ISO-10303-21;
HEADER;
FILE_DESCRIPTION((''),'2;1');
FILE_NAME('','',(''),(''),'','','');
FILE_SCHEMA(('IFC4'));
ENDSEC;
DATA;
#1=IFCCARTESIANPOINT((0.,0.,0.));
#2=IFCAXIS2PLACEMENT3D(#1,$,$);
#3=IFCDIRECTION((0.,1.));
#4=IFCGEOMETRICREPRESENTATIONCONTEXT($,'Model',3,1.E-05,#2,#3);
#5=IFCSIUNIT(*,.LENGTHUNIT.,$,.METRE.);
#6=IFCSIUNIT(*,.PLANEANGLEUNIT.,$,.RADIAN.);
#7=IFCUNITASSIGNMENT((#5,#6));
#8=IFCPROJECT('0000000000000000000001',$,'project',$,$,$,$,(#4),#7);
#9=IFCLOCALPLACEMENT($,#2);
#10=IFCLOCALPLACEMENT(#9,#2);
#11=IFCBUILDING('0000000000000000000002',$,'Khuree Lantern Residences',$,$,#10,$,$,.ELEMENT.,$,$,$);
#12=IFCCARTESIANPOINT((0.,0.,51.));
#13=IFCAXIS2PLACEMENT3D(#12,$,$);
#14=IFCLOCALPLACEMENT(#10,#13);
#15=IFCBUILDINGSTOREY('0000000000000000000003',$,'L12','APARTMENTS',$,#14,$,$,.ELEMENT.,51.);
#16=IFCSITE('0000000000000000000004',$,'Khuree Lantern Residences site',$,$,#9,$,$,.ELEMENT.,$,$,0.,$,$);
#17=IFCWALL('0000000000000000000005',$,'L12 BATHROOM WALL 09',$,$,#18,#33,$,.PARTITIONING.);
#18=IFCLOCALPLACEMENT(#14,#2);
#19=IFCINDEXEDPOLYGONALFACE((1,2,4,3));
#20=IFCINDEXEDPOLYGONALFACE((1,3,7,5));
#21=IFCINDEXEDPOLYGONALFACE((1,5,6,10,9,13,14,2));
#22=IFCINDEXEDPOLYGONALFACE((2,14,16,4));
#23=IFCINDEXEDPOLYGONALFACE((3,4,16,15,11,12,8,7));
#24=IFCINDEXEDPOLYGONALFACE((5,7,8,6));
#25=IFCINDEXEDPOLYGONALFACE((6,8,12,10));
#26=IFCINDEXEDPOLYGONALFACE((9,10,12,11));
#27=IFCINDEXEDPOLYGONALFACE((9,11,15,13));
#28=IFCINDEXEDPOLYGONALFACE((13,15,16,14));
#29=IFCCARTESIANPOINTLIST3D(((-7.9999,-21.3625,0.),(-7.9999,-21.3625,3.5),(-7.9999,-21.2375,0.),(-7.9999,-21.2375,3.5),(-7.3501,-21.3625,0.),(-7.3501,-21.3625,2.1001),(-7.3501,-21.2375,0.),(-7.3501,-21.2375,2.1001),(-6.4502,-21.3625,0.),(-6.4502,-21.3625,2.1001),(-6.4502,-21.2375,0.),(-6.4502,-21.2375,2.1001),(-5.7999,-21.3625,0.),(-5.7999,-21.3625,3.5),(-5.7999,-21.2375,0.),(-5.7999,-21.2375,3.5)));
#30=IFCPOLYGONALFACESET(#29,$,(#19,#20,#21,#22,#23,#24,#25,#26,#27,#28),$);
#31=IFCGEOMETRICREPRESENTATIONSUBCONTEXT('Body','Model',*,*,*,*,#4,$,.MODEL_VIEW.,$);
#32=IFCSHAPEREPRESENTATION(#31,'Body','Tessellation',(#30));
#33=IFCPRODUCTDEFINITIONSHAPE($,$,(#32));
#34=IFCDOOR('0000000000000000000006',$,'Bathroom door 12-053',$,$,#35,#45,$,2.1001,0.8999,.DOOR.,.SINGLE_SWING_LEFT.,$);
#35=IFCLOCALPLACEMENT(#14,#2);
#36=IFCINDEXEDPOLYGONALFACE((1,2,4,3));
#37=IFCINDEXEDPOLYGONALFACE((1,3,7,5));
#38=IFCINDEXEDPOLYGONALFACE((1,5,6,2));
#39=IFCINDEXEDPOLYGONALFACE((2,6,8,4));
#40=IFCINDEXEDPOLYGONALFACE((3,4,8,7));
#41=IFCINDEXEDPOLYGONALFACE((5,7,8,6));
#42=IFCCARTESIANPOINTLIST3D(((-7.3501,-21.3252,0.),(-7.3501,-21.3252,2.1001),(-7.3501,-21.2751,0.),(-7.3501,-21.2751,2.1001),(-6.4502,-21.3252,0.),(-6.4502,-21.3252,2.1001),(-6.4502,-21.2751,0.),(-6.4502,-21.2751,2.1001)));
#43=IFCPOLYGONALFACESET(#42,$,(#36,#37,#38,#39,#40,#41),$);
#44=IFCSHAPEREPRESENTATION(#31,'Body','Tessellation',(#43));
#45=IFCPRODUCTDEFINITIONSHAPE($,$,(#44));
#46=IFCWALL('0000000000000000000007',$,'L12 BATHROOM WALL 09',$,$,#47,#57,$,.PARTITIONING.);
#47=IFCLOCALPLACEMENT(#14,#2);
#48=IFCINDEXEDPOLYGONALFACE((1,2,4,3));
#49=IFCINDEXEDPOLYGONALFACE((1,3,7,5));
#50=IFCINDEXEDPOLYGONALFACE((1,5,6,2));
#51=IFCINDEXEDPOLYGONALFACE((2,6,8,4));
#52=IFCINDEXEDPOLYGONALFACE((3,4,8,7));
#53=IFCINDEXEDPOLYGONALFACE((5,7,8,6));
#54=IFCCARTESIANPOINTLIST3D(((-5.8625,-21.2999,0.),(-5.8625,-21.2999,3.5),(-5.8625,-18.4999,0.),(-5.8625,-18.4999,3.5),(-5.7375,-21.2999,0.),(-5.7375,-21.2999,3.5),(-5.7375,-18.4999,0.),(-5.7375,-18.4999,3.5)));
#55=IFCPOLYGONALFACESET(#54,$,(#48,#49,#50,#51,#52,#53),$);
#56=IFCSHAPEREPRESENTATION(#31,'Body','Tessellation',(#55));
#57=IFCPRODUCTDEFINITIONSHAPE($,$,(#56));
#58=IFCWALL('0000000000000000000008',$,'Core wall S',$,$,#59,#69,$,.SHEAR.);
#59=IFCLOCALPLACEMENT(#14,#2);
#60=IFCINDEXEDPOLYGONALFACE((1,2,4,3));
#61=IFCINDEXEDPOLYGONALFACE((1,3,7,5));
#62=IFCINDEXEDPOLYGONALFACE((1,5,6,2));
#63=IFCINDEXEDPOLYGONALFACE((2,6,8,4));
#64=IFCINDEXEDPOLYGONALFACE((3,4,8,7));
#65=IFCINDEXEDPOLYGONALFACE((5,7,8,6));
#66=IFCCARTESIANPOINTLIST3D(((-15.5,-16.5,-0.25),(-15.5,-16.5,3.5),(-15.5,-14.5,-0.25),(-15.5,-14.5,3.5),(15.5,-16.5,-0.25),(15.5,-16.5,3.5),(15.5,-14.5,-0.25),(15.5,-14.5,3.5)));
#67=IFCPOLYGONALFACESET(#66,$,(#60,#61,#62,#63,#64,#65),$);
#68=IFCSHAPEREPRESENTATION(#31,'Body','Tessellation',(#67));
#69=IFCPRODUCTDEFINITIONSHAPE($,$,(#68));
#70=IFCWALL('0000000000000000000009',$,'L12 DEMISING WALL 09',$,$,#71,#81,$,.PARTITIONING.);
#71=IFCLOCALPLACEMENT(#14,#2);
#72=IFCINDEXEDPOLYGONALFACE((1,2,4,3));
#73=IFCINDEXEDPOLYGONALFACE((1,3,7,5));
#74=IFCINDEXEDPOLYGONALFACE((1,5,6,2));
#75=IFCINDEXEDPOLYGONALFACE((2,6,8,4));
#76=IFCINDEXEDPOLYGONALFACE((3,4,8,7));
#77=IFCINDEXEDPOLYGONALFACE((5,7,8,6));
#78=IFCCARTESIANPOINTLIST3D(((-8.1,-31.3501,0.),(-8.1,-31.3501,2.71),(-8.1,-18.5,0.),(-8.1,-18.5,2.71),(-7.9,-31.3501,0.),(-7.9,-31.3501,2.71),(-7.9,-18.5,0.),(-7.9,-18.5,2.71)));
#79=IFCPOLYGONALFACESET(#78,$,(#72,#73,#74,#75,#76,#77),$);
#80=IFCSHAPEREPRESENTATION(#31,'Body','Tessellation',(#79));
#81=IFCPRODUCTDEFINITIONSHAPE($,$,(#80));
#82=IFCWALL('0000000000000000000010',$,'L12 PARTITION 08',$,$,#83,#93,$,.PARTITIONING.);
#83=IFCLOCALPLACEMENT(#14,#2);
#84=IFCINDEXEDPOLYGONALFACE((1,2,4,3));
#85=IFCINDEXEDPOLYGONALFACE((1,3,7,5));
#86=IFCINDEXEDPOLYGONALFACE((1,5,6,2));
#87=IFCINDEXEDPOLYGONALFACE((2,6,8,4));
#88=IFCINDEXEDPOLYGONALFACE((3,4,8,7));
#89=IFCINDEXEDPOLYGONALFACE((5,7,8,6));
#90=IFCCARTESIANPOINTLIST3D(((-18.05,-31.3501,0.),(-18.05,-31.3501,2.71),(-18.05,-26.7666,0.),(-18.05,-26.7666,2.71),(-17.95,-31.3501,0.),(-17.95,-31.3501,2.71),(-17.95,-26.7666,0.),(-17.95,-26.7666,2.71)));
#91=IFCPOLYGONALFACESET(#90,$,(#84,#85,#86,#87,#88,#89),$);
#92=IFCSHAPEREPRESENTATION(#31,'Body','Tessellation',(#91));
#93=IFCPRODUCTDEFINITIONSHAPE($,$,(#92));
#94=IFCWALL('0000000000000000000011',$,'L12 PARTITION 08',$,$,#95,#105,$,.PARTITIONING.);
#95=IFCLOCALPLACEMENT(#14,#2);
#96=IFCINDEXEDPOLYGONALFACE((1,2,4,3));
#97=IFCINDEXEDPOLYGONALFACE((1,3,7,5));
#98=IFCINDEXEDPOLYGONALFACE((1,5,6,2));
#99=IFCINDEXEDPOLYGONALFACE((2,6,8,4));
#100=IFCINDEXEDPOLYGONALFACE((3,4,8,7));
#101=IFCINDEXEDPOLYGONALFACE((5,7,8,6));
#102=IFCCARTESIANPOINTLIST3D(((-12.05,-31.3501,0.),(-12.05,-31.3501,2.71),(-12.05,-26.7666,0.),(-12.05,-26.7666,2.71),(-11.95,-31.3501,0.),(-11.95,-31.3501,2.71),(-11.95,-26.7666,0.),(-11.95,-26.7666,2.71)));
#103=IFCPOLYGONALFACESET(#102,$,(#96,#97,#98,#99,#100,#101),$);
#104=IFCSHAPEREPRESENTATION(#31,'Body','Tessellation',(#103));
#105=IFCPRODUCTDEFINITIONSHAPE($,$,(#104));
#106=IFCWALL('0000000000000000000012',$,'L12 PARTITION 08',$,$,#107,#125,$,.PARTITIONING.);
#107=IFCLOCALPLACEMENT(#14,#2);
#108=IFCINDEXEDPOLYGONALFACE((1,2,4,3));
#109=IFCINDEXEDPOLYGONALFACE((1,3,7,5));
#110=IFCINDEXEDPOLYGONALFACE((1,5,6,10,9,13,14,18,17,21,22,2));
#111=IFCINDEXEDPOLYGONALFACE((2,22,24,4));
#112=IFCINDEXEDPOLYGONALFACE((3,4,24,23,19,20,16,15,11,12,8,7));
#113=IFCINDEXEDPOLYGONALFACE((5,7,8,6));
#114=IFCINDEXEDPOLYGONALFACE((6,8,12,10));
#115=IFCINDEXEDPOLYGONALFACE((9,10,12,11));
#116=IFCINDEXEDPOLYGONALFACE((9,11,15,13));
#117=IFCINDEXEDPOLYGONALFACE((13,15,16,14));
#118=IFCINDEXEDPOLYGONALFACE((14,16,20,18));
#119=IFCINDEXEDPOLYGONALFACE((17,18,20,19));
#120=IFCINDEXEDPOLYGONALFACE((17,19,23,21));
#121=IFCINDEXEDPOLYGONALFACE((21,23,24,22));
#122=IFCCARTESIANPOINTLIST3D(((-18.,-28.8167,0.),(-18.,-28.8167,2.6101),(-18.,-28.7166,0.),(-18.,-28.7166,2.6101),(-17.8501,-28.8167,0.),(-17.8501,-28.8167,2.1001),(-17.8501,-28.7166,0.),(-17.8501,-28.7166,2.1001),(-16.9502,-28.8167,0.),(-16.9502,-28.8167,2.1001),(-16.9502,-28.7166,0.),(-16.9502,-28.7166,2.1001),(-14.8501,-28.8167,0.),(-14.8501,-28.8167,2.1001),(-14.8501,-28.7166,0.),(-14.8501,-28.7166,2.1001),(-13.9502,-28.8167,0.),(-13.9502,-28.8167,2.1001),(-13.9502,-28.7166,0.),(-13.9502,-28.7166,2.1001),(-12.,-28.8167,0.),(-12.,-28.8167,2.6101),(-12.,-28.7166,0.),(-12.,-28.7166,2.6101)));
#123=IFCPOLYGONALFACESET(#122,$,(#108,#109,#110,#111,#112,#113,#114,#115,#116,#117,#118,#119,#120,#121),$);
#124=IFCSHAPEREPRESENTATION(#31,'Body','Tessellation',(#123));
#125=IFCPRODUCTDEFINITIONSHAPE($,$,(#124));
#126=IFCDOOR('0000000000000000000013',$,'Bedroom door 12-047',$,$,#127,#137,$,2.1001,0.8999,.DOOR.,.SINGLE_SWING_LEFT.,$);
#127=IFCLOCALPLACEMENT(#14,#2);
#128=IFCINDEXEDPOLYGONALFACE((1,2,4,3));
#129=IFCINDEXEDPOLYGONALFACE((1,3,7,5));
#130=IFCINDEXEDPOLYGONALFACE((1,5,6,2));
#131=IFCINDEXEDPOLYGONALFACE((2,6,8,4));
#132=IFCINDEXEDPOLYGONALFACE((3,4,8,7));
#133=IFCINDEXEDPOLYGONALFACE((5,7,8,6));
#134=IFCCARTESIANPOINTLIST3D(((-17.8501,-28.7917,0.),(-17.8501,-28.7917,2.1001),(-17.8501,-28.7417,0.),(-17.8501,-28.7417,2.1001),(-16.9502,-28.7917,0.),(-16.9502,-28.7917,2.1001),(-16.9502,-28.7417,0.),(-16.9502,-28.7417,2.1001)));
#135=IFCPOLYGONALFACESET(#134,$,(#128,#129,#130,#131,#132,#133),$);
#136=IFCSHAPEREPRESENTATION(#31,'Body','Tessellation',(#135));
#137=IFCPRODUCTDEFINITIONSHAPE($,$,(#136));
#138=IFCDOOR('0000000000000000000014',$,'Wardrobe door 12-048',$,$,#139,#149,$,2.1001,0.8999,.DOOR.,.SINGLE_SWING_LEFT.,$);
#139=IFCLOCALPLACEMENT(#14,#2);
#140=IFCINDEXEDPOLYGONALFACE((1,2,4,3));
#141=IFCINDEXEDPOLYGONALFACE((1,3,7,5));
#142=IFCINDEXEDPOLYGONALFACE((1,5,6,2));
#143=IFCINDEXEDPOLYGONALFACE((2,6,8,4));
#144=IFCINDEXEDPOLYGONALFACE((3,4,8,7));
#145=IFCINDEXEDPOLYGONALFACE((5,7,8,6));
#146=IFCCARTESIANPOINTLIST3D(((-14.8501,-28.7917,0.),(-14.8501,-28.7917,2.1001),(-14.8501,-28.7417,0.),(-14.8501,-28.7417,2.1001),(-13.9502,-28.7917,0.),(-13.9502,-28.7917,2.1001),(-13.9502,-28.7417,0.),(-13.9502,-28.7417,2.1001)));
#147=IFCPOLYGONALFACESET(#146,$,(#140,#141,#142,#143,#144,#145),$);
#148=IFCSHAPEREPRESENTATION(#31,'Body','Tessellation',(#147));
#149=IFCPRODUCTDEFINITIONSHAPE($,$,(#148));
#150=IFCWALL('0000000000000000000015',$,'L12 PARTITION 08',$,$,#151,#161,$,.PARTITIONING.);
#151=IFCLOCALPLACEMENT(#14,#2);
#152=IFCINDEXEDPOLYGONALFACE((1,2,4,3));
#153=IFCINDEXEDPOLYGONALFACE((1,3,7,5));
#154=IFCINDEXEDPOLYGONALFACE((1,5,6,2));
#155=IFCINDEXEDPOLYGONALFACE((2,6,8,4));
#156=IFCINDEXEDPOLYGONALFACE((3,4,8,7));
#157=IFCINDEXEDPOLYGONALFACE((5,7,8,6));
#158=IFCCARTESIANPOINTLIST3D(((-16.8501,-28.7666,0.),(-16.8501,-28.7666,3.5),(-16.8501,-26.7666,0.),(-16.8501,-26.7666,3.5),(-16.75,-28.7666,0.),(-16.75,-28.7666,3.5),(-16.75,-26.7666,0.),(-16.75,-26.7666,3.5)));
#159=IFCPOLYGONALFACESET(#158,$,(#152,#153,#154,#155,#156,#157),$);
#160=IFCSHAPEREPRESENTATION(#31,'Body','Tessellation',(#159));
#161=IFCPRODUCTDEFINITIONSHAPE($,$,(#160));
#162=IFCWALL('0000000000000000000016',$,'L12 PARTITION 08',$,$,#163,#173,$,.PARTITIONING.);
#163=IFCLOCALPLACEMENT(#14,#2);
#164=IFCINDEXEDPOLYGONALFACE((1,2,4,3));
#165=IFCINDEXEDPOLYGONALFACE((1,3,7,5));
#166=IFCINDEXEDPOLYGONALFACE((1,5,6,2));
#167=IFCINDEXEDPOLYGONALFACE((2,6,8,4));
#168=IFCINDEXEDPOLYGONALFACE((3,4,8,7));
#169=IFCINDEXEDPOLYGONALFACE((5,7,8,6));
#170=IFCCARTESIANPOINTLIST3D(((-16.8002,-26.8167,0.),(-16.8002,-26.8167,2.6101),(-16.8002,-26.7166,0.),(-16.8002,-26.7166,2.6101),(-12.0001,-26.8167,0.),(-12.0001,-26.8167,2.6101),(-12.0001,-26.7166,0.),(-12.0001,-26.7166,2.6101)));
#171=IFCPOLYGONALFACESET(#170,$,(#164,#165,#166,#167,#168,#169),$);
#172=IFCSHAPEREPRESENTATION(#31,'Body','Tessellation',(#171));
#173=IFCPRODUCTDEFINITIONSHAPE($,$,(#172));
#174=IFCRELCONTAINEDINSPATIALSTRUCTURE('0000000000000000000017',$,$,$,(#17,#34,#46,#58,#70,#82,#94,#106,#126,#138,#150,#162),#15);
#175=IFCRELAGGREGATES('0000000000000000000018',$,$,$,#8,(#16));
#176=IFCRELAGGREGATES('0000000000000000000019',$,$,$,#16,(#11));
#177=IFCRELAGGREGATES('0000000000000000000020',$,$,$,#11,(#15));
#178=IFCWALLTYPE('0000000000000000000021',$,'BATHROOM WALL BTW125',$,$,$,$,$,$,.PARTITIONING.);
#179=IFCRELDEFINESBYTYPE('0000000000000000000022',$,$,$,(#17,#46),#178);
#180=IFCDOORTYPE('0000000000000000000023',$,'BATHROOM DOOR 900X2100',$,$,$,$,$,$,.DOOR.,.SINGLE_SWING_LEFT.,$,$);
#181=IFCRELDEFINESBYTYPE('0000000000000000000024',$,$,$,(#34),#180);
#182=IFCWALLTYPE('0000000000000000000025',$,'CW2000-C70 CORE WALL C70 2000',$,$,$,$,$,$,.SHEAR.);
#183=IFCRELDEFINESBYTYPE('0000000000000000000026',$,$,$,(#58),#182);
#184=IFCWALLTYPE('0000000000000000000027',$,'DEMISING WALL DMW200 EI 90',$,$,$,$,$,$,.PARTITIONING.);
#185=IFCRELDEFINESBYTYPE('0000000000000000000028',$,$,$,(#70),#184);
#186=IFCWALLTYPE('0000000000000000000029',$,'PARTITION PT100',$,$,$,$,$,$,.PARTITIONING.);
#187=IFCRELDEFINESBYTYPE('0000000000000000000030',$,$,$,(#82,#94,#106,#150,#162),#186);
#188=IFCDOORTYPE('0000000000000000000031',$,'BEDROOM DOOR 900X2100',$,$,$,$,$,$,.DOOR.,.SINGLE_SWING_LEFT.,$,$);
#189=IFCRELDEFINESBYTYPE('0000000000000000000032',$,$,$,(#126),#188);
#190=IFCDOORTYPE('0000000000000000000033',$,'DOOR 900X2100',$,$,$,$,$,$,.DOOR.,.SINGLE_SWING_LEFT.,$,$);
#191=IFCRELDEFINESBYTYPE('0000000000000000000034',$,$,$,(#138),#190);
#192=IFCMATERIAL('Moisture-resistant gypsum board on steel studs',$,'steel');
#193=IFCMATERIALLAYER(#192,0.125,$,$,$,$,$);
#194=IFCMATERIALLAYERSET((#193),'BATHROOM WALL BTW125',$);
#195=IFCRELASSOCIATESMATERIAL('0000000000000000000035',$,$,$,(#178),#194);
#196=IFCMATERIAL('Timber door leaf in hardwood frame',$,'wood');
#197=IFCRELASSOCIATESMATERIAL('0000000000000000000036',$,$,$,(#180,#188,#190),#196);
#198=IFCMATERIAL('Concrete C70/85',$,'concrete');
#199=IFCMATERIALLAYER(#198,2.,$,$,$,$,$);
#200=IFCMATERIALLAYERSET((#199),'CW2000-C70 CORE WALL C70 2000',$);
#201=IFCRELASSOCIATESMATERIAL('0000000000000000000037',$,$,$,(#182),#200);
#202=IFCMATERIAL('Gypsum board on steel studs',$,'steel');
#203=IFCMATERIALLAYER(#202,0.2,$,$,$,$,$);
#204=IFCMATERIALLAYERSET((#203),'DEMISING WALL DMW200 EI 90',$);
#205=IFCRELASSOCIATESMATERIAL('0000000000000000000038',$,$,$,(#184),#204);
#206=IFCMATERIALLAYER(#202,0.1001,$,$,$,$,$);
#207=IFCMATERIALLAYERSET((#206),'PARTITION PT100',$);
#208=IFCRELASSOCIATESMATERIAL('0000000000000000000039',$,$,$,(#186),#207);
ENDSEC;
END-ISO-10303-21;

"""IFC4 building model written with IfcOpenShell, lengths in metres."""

from ifc_helpers import new_model, si_unit, direction, frame, frame_2d, origin, place, context, subcontext, project, spatial, rectangle, extrude, material, layer, layer_set, type_object, element, fill, save


model = new_model("IFC4")

# Units and contexts
model_context = context("Model", 3, precision=1e-05, world=origin(), true_north=direction((0.0, 1.0)))
body_context = subcontext(model_context, "Body", "Model", "MODEL_VIEW")
ifc_project = project(units=[si_unit("LENGTHUNIT", "METRE"), si_unit("PLANEANGLEUNIT", "RADIAN")], contexts=[model_context])

# Site, building, storey
site_placement = place(None, origin())
site = spatial("IfcSite", under=ifc_project, at=site_placement, Name="Khuree Lantern Residences site", CompositionType="ELEMENT", RefElevation=0.0)
building_placement = place(site_placement, origin())
building = spatial("IfcBuilding", under=site, at=building_placement, Name="Khuree Lantern Residences", CompositionType="ELEMENT")
storey_placement = place(building_placement, frame((0.0, 0.0, 51.0)))
storey = spatial("IfcBuildingStorey", under=building, at=storey_placement, Name="L12", Description="APARTMENTS", CompositionType="ELEMENT", Elevation=51.0)

# Shared definitions
ifc_material_1 = material(Name="Concrete C70/85", Category="concrete")

# Wall, opening, door
ifc_material_2 = material(Name="Moisture-resistant gypsum board on steel studs", Category="steel")
ifc_layer_1 = layer(ifc_material_2, 0.125)
ifc_layer_set_1 = layer_set([ifc_layer_1], Name="BATHROOM WALL BTW125")
wall_type_1 = type_object("IfcWallType", Name="BATHROOM WALL BTW125", PredefinedType="PARTITIONING", material=ifc_layer_set_1)
wall_1_placement = place(storey_placement, frame((-8.0, -21.3, 0.0), z_axis=(0.0, 0.0, 1.0), x_axis=(1.0, 0.0, 0.0)))
wall_1 = element("IfcWall", 1, at=wall_1_placement, inside=storey, type_object=wall_type_1, Name="L12 BATHROOM WALL 09", PredefinedType="PARTITIONING", context=body_context, shape_type="SweptSolid", body=[
    extrude(rectangle(XDim=2.2, YDim=0.125, at=frame_2d((1.1001, 0.0))), origin(), (0.0, 0.0, 1.0), 3.5),
])
opening_1_placement = place(wall_1_placement, frame((0.6499, 0.0, 0.0)))
opening_1 = element("IfcOpeningElement", 2, at=opening_1_placement, cuts=wall_1, PredefinedType="OPENING", context=body_context, shape_type="SweptSolid", body=[
    extrude(rectangle(XDim=0.8999, YDim=2.1001, at=frame_2d((0.45, 1.05))), frame((0.0, 0.0725, 0.0), z_axis=(0.0, -1.0, 0.0), x_axis=(1.0, 0.0, 0.0)), (0.0, 0.0, 1.0), 0.145),
])
ifc_material_3 = material(Name="Timber door leaf in hardwood frame", Category="wood")
door_type_1 = type_object("IfcDoorType", Name="BATHROOM DOOR 900X2100", OperationType="SINGLE_SWING_LEFT", PredefinedType="DOOR", material=ifc_material_3)
door_1_placement = place(opening_1_placement, origin())
door_1 = element("IfcDoor", 3, at=door_1_placement, inside=storey, type_object=door_type_1, Name="Bathroom door 12-053", OperationType="SINGLE_SWING_LEFT", OverallHeight=2.1001, OverallWidth=0.8999, PredefinedType="DOOR", context=body_context, shape_type="SweptSolid", body=[
    extrude(rectangle(XDim=0.8999, YDim=2.1001, at=frame_2d((0.45, 1.05))), frame((0.0, 0.0249, 0.0), z_axis=(0.0, -1.0, 0.0), x_axis=(1.0, 0.0, 0.0)), (0.0, 0.0, 1.0), 0.05),
])
fill(opening_1, door_1)

# Walls
wall_2_placement = place(storey_placement, frame((-5.8, -18.5, 0.0), z_axis=(0.0, 0.0, 1.0), x_axis=(0.0, -1.0, 0.0)))
element("IfcWall", 4, at=wall_2_placement, inside=storey, type_object=wall_type_1, Name="L12 BATHROOM WALL 09", PredefinedType="PARTITIONING", context=body_context, shape_type="SweptSolid", body=[
    extrude(rectangle(XDim=2.8, YDim=0.125, at=frame_2d((1.3999, 0.0))), origin(), (0.0, 0.0, 1.0), 3.5),
])
ifc_layer_2 = layer(ifc_material_1, 2.0)
ifc_layer_set_2 = layer_set([ifc_layer_2], Name="CW2000-C70 CORE WALL C70 2000")
wall_type_2 = type_object("IfcWallType", Name="CW2000-C70 CORE WALL C70 2000", PredefinedType="SHEAR", material=ifc_layer_set_2)
wall_3_placement = place(storey_placement, frame((-15.5, -15.5, -0.25), z_axis=(0.0, 0.0, 1.0), x_axis=(1.0, 0.0, 0.0)))
element("IfcWall", 5, at=wall_3_placement, inside=storey, type_object=wall_type_2, Name="Core wall S", PredefinedType="SHEAR", context=body_context, shape_type="SweptSolid", body=[
    extrude(rectangle(XDim=31.0, YDim=2.0, at=frame_2d((15.5, 0.0))), origin(), (0.0, 0.0, 1.0), 3.75),
])
ifc_material_4 = material(Name="Gypsum board on steel studs", Category="steel")
ifc_layer_3 = layer(ifc_material_4, 0.2)
ifc_layer_set_3 = layer_set([ifc_layer_3], Name="DEMISING WALL DMW200 EI 90")
wall_type_3 = type_object("IfcWallType", Name="DEMISING WALL DMW200 EI 90", PredefinedType="PARTITIONING", material=ifc_layer_set_3)
wall_4_placement = place(storey_placement, frame((-8.0, -18.5, 0.0), z_axis=(0.0, 0.0, 1.0), x_axis=(0.0, -1.0, 0.0)))
element("IfcWall", 6, at=wall_4_placement, inside=storey, type_object=wall_type_3, Name="L12 DEMISING WALL 09", PredefinedType="PARTITIONING", context=body_context, shape_type="SweptSolid", body=[
    extrude(rectangle(XDim=12.8501, YDim=0.2, at=frame_2d((6.425, 0.0))), origin(), (0.0, 0.0, 1.0), 2.71),
])
ifc_layer_4 = layer(ifc_material_4, 0.1001)
ifc_layer_set_4 = layer_set([ifc_layer_4], Name="PARTITION PT100")
wall_type_4 = type_object("IfcWallType", Name="PARTITION PT100", PredefinedType="PARTITIONING", material=ifc_layer_set_4)
for number, where, z_axis, x_axis, name in (
    (7, (-18.0, -26.7666, 0.0), (0.0, 0.0, 1.0), (0.0, -1.0, 0.0), "L12 PARTITION 08"),
    (8, (-12.0, -26.7666, 0.0), (0.0, 0.0, 1.0), (0.0, -1.0, 0.0), "L12 PARTITION 08"),
):
    element("IfcWall", number, at=place(storey_placement, frame(where, z_axis=z_axis, x_axis=x_axis)), inside=storey, type_object=wall_type_4, Name=name, PredefinedType="PARTITIONING", context=body_context, shape_type="SweptSolid", body=[
        extrude(rectangle(XDim=4.5835, YDim=0.1001, at=frame_2d((2.2917, 0.0))), origin(), (0.0, 0.0, 1.0), 2.71),
    ])

# Wall, openings, doors
wall_5_placement = place(storey_placement, frame((-18.0, -28.7666, 0.0), z_axis=(0.0, 0.0, 1.0), x_axis=(1.0, 0.0, 0.0)))
wall_5 = element("IfcWall", 9, at=wall_5_placement, inside=storey, type_object=wall_type_4, Name="L12 PARTITION 08", PredefinedType="PARTITIONING", context=body_context, shape_type="SweptSolid", body=[
    extrude(rectangle(XDim=6.0, YDim=0.1001, at=frame_2d((3.0, 0.0))), origin(), (0.0, 0.0, 1.0), 2.6101),
])
opening_2_placement = place(wall_5_placement, frame((0.1499, 0.0, 0.0)))
opening_2 = element("IfcOpeningElement", 10, at=opening_2_placement, cuts=wall_5, PredefinedType="OPENING", context=body_context, shape_type="SweptSolid", body=[
    extrude(rectangle(XDim=0.8999, YDim=2.1001, at=frame_2d((0.45, 1.05))), frame((0.0, 0.0601, 0.0), z_axis=(0.0, -1.0, 0.0), x_axis=(1.0, 0.0, 0.0)), (0.0, 0.0, 1.0), 0.1201),
])
opening_3_placement = place(wall_5_placement, frame((3.1499, 0.0, 0.0)))
opening_3 = element("IfcOpeningElement", 11, at=opening_3_placement, cuts=wall_5, PredefinedType="OPENING", context=body_context, shape_type="SweptSolid", body=[
    extrude(rectangle(XDim=0.8999, YDim=2.1001, at=frame_2d((0.45, 1.05))), frame((0.0, 0.0601, 0.0), z_axis=(0.0, -1.0, 0.0), x_axis=(1.0, 0.0, 0.0)), (0.0, 0.0, 1.0), 0.1201),
])
door_type_2 = type_object("IfcDoorType", Name="BEDROOM DOOR 900X2100", OperationType="SINGLE_SWING_LEFT", PredefinedType="DOOR", material=ifc_material_3)
door_2_placement = place(opening_2_placement, origin())
door_2 = element("IfcDoor", 12, at=door_2_placement, inside=storey, type_object=door_type_2, Name="Bedroom door 12-047", OperationType="SINGLE_SWING_LEFT", OverallHeight=2.1001, OverallWidth=0.8999, PredefinedType="DOOR", context=body_context, shape_type="SweptSolid", body=[
    extrude(rectangle(XDim=0.8999, YDim=2.1001, at=frame_2d((0.45, 1.05))), frame((0.0, 0.0249, 0.0), z_axis=(0.0, -1.0, 0.0), x_axis=(1.0, 0.0, 0.0)), (0.0, 0.0, 1.0), 0.05),
])
fill(opening_2, door_2)
door_type_3 = type_object("IfcDoorType", Name="DOOR 900X2100", OperationType="SINGLE_SWING_LEFT", PredefinedType="DOOR", material=ifc_material_3)
door_3_placement = place(opening_3_placement, origin())
door_3 = element("IfcDoor", 13, at=door_3_placement, inside=storey, type_object=door_type_3, Name="Wardrobe door 12-048", OperationType="SINGLE_SWING_LEFT", OverallHeight=2.1001, OverallWidth=0.8999, PredefinedType="DOOR", context=body_context, shape_type="SweptSolid", body=[
    extrude(rectangle(XDim=0.8999, YDim=2.1001, at=frame_2d((0.45, 1.05))), frame((0.0, 0.0249, 0.0), z_axis=(0.0, -1.0, 0.0), x_axis=(1.0, 0.0, 0.0)), (0.0, 0.0, 1.0), 0.05),
])
fill(opening_3, door_3)

# Walls
wall_6_placement = place(storey_placement, frame((-16.8, -26.7666, 0.0), z_axis=(0.0, 0.0, 1.0), x_axis=(0.0, -1.0, 0.0)))
element("IfcWall", 14, at=wall_6_placement, inside=storey, type_object=wall_type_4, Name="L12 PARTITION 08", PredefinedType="PARTITIONING", context=body_context, shape_type="SweptSolid", body=[
    extrude(rectangle(XDim=2.0, YDim=0.1001, at=frame_2d((1.0, 0.0))), origin(), (0.0, 0.0, 1.0), 3.5),
])
wall_7_placement = place(storey_placement, frame((-16.8, -26.7666, 0.0), z_axis=(0.0, 0.0, 1.0), x_axis=(1.0, 0.0, 0.0)))
element("IfcWall", 15, at=wall_7_placement, inside=storey, type_object=wall_type_4, Name="L12 PARTITION 08", PredefinedType="PARTITIONING", context=body_context, shape_type="SweptSolid", body=[
    extrude(rectangle(XDim=4.8, YDim=0.1001, at=frame_2d((2.3999, 0.0))), origin(), (0.0, 0.0, 1.0), 2.6101),
])

save(model, "model.ifc")
